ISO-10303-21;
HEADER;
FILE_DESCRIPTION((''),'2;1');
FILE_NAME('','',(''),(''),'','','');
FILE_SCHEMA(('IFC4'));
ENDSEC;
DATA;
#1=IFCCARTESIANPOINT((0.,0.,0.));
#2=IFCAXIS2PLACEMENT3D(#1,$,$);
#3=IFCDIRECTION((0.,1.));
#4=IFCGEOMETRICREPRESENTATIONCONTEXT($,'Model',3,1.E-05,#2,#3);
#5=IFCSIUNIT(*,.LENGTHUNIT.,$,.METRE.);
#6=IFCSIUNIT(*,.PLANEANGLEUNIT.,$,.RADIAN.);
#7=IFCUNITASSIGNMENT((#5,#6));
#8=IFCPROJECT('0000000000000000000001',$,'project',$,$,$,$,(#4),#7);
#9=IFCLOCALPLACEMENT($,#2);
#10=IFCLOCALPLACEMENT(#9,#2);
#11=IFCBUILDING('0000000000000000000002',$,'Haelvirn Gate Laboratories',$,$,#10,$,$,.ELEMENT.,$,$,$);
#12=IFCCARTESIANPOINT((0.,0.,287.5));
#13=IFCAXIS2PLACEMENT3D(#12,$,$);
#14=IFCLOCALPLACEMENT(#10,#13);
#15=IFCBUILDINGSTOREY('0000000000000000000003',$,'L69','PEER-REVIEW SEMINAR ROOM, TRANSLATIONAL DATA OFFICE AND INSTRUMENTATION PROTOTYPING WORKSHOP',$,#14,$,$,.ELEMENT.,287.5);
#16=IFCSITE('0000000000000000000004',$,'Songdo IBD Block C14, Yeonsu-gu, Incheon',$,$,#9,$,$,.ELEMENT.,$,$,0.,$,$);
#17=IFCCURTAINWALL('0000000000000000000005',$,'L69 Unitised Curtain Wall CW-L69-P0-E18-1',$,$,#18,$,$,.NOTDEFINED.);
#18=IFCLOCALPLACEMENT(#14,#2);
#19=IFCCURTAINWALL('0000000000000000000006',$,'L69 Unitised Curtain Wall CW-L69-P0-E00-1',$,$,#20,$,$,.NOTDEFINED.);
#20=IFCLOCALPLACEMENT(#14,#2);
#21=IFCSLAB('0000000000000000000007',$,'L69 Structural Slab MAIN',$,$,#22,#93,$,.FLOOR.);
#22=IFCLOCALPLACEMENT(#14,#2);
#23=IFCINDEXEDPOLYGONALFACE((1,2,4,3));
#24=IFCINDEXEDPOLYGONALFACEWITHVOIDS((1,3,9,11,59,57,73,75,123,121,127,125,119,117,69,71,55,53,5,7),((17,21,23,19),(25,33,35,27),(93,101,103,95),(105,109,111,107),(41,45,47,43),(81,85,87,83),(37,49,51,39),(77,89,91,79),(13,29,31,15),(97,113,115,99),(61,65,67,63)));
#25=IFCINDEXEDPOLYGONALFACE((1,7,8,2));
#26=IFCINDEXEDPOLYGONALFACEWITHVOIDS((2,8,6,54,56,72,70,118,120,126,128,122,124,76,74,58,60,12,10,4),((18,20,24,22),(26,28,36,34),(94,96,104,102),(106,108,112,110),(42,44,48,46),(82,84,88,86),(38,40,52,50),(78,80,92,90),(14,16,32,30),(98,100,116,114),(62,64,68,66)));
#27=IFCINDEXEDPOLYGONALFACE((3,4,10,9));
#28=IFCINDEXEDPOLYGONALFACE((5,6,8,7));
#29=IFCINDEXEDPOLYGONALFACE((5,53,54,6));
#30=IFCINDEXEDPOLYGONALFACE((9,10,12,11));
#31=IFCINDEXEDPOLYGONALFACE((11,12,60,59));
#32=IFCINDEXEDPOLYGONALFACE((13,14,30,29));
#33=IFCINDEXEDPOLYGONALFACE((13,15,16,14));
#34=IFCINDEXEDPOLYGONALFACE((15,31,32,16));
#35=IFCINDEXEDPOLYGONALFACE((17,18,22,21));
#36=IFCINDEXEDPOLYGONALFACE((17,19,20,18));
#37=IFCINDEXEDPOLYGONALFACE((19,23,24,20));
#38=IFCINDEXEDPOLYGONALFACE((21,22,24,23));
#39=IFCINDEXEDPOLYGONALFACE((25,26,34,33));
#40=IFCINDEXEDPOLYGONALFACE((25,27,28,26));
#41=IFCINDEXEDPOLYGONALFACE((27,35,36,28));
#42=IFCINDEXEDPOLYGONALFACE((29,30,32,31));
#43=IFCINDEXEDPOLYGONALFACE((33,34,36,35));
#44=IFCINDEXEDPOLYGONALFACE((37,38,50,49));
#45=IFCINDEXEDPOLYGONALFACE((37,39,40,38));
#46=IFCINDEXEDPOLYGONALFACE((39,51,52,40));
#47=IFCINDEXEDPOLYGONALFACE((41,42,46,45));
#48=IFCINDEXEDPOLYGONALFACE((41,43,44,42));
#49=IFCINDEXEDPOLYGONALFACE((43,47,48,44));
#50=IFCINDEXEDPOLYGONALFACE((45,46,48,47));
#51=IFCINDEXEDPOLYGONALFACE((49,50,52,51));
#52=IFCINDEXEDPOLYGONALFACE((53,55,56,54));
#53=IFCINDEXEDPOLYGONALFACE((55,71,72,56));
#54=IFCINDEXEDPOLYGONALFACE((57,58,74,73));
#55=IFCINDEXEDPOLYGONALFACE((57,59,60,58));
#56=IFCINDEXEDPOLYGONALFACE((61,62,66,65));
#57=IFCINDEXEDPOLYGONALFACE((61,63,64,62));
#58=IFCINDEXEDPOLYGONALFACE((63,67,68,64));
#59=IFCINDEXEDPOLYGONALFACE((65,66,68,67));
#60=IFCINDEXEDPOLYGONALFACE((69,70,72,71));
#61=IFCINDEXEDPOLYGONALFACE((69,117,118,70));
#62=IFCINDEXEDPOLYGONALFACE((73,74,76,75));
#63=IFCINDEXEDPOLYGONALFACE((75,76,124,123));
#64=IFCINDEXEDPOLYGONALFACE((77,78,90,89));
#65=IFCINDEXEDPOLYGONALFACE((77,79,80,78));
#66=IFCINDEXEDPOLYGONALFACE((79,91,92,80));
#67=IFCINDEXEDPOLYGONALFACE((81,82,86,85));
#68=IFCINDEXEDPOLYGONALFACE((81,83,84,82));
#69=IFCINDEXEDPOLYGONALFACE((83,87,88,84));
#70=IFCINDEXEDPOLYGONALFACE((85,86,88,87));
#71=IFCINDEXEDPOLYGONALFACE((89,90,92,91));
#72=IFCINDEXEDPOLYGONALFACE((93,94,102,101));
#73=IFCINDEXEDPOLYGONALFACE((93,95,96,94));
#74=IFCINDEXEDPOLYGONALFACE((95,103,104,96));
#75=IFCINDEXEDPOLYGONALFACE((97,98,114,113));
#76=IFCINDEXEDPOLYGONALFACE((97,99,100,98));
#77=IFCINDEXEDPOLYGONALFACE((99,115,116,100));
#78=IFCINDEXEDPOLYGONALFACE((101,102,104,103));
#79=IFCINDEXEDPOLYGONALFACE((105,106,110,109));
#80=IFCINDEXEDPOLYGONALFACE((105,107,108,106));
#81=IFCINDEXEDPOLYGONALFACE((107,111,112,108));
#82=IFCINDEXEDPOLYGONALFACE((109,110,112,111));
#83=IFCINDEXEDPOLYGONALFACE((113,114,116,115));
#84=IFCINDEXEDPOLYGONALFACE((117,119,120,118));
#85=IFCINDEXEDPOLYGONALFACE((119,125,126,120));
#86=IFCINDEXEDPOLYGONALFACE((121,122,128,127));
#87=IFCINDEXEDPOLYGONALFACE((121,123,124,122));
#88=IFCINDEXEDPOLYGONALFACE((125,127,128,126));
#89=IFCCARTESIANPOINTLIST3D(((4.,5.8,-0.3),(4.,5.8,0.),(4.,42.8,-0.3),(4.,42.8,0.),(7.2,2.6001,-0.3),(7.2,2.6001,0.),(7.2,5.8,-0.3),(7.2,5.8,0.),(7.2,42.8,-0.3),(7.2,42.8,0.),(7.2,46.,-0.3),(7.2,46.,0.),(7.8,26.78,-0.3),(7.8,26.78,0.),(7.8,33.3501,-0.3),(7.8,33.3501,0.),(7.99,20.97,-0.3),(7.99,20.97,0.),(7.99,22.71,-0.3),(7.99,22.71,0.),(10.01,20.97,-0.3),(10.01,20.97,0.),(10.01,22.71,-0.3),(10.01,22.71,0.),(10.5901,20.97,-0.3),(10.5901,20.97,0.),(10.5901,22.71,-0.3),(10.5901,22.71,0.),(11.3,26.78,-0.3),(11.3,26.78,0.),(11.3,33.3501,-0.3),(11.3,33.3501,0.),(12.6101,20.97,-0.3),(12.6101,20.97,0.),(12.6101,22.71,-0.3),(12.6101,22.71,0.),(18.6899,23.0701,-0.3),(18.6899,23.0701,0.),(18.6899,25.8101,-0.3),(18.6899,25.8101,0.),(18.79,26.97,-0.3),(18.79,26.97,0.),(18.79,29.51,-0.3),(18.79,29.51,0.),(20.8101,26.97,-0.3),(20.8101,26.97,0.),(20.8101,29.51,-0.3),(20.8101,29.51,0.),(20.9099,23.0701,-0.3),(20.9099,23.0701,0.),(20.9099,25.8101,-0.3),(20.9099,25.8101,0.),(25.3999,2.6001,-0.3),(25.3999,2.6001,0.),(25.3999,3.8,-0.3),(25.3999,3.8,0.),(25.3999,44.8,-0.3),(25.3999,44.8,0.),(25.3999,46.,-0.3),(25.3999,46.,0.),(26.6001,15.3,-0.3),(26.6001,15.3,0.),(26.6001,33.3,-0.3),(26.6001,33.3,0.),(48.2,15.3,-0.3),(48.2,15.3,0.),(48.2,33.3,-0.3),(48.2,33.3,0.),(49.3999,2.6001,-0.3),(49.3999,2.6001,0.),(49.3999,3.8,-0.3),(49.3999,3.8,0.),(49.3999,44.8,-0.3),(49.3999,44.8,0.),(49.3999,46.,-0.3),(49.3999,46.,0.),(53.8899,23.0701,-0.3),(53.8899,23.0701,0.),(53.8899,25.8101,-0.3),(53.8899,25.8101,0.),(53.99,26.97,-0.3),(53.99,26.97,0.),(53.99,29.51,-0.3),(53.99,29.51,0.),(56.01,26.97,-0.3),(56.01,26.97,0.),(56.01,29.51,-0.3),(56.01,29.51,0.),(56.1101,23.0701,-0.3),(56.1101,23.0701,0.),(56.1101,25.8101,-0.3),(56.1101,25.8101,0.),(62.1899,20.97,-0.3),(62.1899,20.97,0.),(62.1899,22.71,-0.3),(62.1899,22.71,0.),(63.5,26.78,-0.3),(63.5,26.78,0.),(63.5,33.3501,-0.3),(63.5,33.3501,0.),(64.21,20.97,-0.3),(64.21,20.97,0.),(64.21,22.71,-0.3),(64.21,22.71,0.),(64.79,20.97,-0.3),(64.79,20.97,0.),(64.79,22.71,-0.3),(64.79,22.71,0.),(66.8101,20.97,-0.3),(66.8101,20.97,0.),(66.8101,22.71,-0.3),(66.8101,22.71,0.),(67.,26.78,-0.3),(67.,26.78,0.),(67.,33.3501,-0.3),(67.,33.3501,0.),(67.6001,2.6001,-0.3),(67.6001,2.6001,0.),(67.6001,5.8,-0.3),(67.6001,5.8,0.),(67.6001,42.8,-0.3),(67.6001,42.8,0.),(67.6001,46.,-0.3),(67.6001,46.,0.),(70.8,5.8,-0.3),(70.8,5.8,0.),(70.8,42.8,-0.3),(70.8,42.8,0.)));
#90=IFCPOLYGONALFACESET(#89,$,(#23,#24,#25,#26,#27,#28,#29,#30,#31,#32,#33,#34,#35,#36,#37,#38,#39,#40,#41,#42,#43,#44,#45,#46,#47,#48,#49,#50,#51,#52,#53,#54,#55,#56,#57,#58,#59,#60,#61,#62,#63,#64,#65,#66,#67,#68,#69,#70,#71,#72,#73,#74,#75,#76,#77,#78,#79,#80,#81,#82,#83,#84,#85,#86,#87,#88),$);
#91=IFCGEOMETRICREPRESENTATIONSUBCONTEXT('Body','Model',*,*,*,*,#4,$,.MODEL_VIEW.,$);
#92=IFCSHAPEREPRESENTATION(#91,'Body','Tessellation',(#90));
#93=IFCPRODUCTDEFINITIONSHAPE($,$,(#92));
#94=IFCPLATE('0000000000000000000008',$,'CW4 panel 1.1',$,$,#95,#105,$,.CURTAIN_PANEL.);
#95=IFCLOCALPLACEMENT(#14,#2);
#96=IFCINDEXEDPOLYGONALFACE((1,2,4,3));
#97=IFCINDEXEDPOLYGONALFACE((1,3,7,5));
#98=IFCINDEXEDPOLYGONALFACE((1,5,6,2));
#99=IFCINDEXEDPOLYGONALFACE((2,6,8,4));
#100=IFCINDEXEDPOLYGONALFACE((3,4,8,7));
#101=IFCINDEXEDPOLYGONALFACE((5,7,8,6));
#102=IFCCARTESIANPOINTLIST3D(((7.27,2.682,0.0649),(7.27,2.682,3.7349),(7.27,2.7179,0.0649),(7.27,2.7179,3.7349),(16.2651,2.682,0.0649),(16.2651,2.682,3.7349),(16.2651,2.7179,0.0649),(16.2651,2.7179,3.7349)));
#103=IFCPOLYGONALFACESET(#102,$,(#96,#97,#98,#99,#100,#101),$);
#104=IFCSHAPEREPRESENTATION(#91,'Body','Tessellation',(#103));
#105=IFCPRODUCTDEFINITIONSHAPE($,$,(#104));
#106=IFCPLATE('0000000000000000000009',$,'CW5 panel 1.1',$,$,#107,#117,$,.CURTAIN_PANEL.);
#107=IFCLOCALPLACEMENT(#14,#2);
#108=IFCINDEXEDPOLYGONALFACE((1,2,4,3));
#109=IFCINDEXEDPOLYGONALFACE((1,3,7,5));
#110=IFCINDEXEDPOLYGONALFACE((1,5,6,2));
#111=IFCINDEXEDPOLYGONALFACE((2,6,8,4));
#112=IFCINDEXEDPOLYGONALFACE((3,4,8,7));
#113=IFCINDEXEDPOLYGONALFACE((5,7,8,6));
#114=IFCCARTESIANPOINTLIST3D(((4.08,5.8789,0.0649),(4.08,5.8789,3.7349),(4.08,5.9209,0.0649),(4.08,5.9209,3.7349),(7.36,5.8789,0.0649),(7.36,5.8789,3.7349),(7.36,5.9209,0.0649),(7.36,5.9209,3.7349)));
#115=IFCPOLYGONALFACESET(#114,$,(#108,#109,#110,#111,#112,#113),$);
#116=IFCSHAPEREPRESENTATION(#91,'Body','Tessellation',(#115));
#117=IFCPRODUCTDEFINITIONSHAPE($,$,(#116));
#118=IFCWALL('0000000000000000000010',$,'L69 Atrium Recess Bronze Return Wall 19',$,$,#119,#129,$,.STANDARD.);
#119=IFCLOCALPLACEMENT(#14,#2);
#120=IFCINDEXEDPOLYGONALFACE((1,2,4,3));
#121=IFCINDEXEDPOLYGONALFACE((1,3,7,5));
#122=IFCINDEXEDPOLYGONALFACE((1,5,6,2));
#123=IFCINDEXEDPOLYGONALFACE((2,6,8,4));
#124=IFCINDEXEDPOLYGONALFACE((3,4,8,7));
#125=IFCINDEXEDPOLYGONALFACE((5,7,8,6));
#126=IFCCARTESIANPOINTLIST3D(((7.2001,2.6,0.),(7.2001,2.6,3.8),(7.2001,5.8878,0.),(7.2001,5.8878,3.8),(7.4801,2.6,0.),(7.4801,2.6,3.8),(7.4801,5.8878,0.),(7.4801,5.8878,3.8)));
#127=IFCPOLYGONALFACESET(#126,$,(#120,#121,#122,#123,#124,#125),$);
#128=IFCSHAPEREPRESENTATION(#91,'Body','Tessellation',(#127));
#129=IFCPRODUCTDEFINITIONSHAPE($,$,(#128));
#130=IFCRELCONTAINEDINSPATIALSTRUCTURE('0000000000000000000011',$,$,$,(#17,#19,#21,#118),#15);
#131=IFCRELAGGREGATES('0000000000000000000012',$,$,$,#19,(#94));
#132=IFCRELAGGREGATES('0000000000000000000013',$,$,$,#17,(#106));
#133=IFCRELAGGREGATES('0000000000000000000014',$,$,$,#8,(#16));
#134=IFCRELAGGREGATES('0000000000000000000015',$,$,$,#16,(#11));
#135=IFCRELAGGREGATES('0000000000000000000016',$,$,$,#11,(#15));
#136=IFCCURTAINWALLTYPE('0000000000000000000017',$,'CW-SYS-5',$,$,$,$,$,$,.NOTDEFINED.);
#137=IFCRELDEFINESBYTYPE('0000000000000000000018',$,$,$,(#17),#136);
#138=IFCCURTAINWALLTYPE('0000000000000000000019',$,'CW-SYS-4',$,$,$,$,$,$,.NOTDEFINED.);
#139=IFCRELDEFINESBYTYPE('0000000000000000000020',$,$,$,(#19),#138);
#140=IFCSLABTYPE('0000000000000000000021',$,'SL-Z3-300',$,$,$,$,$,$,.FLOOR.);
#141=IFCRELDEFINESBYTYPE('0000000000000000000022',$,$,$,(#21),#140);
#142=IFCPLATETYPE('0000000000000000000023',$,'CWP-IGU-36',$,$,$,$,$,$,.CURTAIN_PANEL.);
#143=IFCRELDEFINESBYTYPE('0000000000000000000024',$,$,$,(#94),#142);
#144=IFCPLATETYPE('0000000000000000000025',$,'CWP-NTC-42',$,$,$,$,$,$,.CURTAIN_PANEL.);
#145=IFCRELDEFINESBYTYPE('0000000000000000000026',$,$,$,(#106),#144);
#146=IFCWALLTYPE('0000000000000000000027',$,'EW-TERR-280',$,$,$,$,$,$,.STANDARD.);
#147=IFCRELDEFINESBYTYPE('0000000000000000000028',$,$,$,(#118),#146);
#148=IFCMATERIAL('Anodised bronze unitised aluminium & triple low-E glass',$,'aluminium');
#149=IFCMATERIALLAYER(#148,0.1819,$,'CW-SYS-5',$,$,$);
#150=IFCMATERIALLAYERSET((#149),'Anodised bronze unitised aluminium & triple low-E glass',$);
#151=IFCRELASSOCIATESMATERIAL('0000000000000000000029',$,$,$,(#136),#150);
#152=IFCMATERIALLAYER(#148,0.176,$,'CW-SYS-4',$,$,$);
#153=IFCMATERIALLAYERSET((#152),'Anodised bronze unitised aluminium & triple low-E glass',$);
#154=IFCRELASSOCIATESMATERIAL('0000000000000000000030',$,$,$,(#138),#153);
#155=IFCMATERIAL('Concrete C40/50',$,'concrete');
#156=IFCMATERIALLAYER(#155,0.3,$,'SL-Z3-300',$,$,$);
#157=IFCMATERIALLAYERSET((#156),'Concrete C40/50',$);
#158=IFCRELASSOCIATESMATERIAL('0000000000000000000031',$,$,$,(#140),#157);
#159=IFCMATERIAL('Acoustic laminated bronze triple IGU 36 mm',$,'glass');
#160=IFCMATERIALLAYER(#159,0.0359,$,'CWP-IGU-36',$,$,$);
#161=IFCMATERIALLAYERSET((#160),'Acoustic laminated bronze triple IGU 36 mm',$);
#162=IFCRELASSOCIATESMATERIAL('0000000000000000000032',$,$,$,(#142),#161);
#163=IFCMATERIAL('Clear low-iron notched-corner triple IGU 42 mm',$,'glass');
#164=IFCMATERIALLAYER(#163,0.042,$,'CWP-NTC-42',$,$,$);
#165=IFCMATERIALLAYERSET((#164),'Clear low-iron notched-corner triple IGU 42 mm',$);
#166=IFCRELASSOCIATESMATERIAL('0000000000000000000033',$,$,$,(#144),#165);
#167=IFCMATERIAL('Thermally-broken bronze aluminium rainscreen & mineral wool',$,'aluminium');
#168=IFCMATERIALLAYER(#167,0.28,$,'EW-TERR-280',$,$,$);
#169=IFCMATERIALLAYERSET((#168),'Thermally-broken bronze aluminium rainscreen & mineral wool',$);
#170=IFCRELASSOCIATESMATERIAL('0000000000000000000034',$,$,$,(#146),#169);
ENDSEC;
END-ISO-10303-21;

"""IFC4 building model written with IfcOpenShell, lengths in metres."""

from ifc_helpers import new_model, si_unit, direction, frame, frame_2d, origin, origin_2d, place, context, subcontext, project, spatial, polyline, rectangle, outline, extrude, source, transform, mapped, material, layer, layer_set, type_object, type_shapes, element, aggregate, save


model = new_model("IFC4")

# Units and contexts
model_context = context("Model", 3, precision=1e-05, world=origin(), true_north=direction((0.0, 1.0)))
body_context = subcontext(model_context, "Body", "Model", "MODEL_VIEW")
ifc_project = project(units=[si_unit("LENGTHUNIT", "METRE"), si_unit("PLANEANGLEUNIT", "RADIAN")], contexts=[model_context])

# Site, building, storey
site_placement = place(None, origin())
site = spatial("IfcSite", under=ifc_project, at=site_placement, Name="Songdo IBD Block C14, Yeonsu-gu, Incheon", CompositionType="ELEMENT", RefElevation=0.0)
building_placement = place(site_placement, origin())
building = spatial("IfcBuilding", under=site, at=building_placement, Name="Haelvirn Gate Laboratories", CompositionType="ELEMENT")
storey_placement = place(building_placement, frame((0.0, 0.0, 287.5)))
storey = spatial("IfcBuildingStorey", under=building, at=storey_placement, Name="L69", Description="PEER-REVIEW SEMINAR ROOM, TRANSLATIONAL DATA OFFICE AND INSTRUMENTATION PROTOTYPING WORKSHOP", CompositionType="ELEMENT", Elevation=287.5)

# Curtain wall
ifc_material_1 = material(Name="Anodised bronze unitised aluminium & triple low-E glass", Category="aluminium")
ifc_layer_1 = layer(ifc_material_1, 0.1819, Name="CW-SYS-5")
ifc_layer_set_1 = layer_set([ifc_layer_1], Name="Anodised bronze unitised aluminium & triple low-E glass")
curtain_wall_type_1 = type_object("IfcCurtainWallType", Name="CW-SYS-5", PredefinedType="NOTDEFINED", material=ifc_layer_set_1)
curtain_wall_1_placement = place(storey_placement, origin())
curtain_wall_1 = element("IfcCurtainWall", 1, at=curtain_wall_1_placement, inside=storey, type_object=curtain_wall_type_1, Name="L69 Unitised Curtain Wall CW-L69-P0-E18-1", PredefinedType="NOTDEFINED")

# Curtain wall
ifc_layer_2 = layer(ifc_material_1, 0.176, Name="CW-SYS-4")
ifc_layer_set_2 = layer_set([ifc_layer_2], Name="Anodised bronze unitised aluminium & triple low-E glass")
curtain_wall_type_2 = type_object("IfcCurtainWallType", Name="CW-SYS-4", PredefinedType="NOTDEFINED", material=ifc_layer_set_2)
curtain_wall_2_placement = place(storey_placement, origin())
curtain_wall_2 = element("IfcCurtainWall", 2, at=curtain_wall_2_placement, inside=storey, type_object=curtain_wall_type_2, Name="L69 Unitised Curtain Wall CW-L69-P0-E00-1", PredefinedType="NOTDEFINED")

# Shared definitions
ifc_material_2 = material(Name="Concrete C40/50", Category="concrete")

# Slab
ifc_layer_3 = layer(ifc_material_2, 0.3, Name="SL-Z3-300")
ifc_layer_set_3 = layer_set([ifc_layer_3], Name="Concrete C40/50")
slab_type_1 = type_object("IfcSlabType", Name="SL-Z3-300", PredefinedType="FLOOR", material=ifc_layer_set_3)
slab_1_placement = place(storey_placement, frame((0.0, 0.0, -0.3)))
element("IfcSlab", 3, at=slab_1_placement, inside=storey, type_object=slab_type_1, Name="L69 Structural Slab MAIN", PredefinedType="FLOOR", context=body_context, shape_type="SweptSolid", body=[
    extrude(outline(polyline([(7.2, 2.6001), (25.3999, 2.6001), (25.3999, 3.8), (49.3999, 3.8), (49.3999, 2.6001), (67.6001, 2.6001), (67.6001, 5.8), (70.8, 5.8), (70.8, 42.8), (67.6001, 42.8), (67.6001, 46.0), (49.3999, 46.0), (49.3999, 44.8), (25.3999, 44.8), (25.3999, 46.0), (7.2, 46.0), (7.2, 42.8), (4.0, 42.8), (4.0, 5.8), (7.2, 5.8), (7.2, 2.6001)]), holes=[polyline([(26.6001, 15.3), (48.2, 15.3), (48.2, 33.3), (26.6001, 33.3), (26.6001, 15.3)]), polyline([(11.3, 26.78), (11.3, 33.3501), (7.8, 33.3501), (7.8, 26.78), (11.3, 26.78)]), polyline([(67.0, 26.78), (67.0, 33.3501), (63.5, 33.3501), (63.5, 26.78), (67.0, 26.78)]), polyline([(7.99, 20.97), (10.01, 20.97), (10.01, 22.71), (7.99, 22.71), (7.99, 20.97)]), polyline([(10.5901, 20.97), (12.6101, 20.97), (12.6101, 22.71), (10.5901, 22.71), (10.5901, 20.97)]), polyline([(18.79, 26.97), (20.8101, 26.97), (20.8101, 29.51), (18.79, 29.51), (18.79, 26.97)]), polyline([(18.6899, 23.0701), (20.9099, 23.0701), (20.9099, 25.8101), (18.6899, 25.8101), (18.6899, 23.0701)]), polyline([(64.79, 20.97), (66.8101, 20.97), (66.8101, 22.71), (64.79, 22.71), (64.79, 20.97)]), polyline([(62.1899, 20.97), (64.21, 20.97), (64.21, 22.71), (62.1899, 22.71), (62.1899, 20.97)]), polyline([(53.99, 26.97), (56.01, 26.97), (56.01, 29.51), (53.99, 29.51), (53.99, 26.97)]), polyline([(53.8899, 23.0701), (56.1101, 23.0701), (56.1101, 25.8101), (53.8899, 25.8101), (53.8899, 23.0701)])]), origin(), (0.0, 0.0, 1.0), 0.3),
])

# Plates
ifc_material_3 = material(Name="Acoustic laminated bronze triple IGU 36 mm", Category="glass")
ifc_layer_4 = layer(ifc_material_3, 0.0359, Name="CWP-IGU-36")
ifc_layer_set_4 = layer_set([ifc_layer_4], Name="Acoustic laminated bronze triple IGU 36 mm")
plate_type_1 = type_object("IfcPlateType", Name="CWP-IGU-36", PredefinedType="CURTAIN_PANEL", material=ifc_layer_set_4)
shared_shape_1 = source(origin(), body_context, "Body", "SweptSolid", [
    extrude(rectangle(XDim=8.9951, YDim=0.0359, at=origin_2d()), origin(), (0.0, 0.0, 1.0), 3.6699),
])
type_shapes(plate_type_1, [shared_shape_1])
plate_1_placement = place(storey_placement, frame((11.7676, 2.7, 0.0649), z_axis=(0.0, 0.0, 1.0), x_axis=(1.0, 0.0, 0.0)))
plate_1 = element("IfcPlate", 4, at=plate_1_placement, type_object=plate_type_1, Name="CW4 panel 1.1", PredefinedType="CURTAIN_PANEL", context=body_context, shape_type="MappedRepresentation", body=[
    mapped(shared_shape_1, transform((0.0, 0.0, 0.0), scale=1.0)),
])
aggregate(curtain_wall_2, [plate_1])
ifc_material_4 = material(Name="Clear low-iron notched-corner triple IGU 42 mm", Category="glass")
ifc_layer_5 = layer(ifc_material_4, 0.042, Name="CWP-NTC-42")
ifc_layer_set_5 = layer_set([ifc_layer_5], Name="Clear low-iron notched-corner triple IGU 42 mm")
plate_type_2 = type_object("IfcPlateType", Name="CWP-NTC-42", PredefinedType="CURTAIN_PANEL", material=ifc_layer_set_5)
shared_shape_2 = source(origin(), body_context, "Body", "SweptSolid", [
    extrude(rectangle(XDim=3.28, YDim=0.042, at=origin_2d()), origin(), (0.0, 0.0, 1.0), 3.6699),
])
type_shapes(plate_type_2, [shared_shape_2])
plate_2_placement = place(storey_placement, frame((5.72, 5.8999, 0.0649), z_axis=(0.0, 0.0, 1.0), x_axis=(1.0, 0.0, 0.0)))
plate_2 = element("IfcPlate", 5, at=plate_2_placement, type_object=plate_type_2, Name="CW5 panel 1.1", PredefinedType="CURTAIN_PANEL", context=body_context, shape_type="MappedRepresentation", body=[
    mapped(shared_shape_2, transform((0.0, 0.0, 0.0), scale=1.0)),
])
aggregate(curtain_wall_1, [plate_2])

# Wall
ifc_material_5 = material(Name="Thermally-broken bronze aluminium rainscreen & mineral wool", Category="aluminium")
ifc_layer_6 = layer(ifc_material_5, 0.28, Name="EW-TERR-280")
ifc_layer_set_6 = layer_set([ifc_layer_6], Name="Thermally-broken bronze aluminium rainscreen & mineral wool")
wall_type = type_object("IfcWallType", Name="EW-TERR-280", PredefinedType="STANDARD", material=ifc_layer_set_6)
wall_placement = place(storey_placement, frame((7.3401, 5.8879, 0.0), z_axis=(0.0, 0.0, 1.0), x_axis=(0.0, -1.0, 0.0)))
element("IfcWall", 6, at=wall_placement, inside=storey, type_object=wall_type, Name="L69 Atrium Recess Bronze Return Wall 19", PredefinedType="STANDARD", context=body_context, shape_type="SweptSolid", body=[
    extrude(rectangle(XDim=3.2878, YDim=0.28, at=frame_2d((1.644, 0.0))), origin(), (0.0, 0.0, 1.0), 3.8),
])

save(model, "model.ifc")
